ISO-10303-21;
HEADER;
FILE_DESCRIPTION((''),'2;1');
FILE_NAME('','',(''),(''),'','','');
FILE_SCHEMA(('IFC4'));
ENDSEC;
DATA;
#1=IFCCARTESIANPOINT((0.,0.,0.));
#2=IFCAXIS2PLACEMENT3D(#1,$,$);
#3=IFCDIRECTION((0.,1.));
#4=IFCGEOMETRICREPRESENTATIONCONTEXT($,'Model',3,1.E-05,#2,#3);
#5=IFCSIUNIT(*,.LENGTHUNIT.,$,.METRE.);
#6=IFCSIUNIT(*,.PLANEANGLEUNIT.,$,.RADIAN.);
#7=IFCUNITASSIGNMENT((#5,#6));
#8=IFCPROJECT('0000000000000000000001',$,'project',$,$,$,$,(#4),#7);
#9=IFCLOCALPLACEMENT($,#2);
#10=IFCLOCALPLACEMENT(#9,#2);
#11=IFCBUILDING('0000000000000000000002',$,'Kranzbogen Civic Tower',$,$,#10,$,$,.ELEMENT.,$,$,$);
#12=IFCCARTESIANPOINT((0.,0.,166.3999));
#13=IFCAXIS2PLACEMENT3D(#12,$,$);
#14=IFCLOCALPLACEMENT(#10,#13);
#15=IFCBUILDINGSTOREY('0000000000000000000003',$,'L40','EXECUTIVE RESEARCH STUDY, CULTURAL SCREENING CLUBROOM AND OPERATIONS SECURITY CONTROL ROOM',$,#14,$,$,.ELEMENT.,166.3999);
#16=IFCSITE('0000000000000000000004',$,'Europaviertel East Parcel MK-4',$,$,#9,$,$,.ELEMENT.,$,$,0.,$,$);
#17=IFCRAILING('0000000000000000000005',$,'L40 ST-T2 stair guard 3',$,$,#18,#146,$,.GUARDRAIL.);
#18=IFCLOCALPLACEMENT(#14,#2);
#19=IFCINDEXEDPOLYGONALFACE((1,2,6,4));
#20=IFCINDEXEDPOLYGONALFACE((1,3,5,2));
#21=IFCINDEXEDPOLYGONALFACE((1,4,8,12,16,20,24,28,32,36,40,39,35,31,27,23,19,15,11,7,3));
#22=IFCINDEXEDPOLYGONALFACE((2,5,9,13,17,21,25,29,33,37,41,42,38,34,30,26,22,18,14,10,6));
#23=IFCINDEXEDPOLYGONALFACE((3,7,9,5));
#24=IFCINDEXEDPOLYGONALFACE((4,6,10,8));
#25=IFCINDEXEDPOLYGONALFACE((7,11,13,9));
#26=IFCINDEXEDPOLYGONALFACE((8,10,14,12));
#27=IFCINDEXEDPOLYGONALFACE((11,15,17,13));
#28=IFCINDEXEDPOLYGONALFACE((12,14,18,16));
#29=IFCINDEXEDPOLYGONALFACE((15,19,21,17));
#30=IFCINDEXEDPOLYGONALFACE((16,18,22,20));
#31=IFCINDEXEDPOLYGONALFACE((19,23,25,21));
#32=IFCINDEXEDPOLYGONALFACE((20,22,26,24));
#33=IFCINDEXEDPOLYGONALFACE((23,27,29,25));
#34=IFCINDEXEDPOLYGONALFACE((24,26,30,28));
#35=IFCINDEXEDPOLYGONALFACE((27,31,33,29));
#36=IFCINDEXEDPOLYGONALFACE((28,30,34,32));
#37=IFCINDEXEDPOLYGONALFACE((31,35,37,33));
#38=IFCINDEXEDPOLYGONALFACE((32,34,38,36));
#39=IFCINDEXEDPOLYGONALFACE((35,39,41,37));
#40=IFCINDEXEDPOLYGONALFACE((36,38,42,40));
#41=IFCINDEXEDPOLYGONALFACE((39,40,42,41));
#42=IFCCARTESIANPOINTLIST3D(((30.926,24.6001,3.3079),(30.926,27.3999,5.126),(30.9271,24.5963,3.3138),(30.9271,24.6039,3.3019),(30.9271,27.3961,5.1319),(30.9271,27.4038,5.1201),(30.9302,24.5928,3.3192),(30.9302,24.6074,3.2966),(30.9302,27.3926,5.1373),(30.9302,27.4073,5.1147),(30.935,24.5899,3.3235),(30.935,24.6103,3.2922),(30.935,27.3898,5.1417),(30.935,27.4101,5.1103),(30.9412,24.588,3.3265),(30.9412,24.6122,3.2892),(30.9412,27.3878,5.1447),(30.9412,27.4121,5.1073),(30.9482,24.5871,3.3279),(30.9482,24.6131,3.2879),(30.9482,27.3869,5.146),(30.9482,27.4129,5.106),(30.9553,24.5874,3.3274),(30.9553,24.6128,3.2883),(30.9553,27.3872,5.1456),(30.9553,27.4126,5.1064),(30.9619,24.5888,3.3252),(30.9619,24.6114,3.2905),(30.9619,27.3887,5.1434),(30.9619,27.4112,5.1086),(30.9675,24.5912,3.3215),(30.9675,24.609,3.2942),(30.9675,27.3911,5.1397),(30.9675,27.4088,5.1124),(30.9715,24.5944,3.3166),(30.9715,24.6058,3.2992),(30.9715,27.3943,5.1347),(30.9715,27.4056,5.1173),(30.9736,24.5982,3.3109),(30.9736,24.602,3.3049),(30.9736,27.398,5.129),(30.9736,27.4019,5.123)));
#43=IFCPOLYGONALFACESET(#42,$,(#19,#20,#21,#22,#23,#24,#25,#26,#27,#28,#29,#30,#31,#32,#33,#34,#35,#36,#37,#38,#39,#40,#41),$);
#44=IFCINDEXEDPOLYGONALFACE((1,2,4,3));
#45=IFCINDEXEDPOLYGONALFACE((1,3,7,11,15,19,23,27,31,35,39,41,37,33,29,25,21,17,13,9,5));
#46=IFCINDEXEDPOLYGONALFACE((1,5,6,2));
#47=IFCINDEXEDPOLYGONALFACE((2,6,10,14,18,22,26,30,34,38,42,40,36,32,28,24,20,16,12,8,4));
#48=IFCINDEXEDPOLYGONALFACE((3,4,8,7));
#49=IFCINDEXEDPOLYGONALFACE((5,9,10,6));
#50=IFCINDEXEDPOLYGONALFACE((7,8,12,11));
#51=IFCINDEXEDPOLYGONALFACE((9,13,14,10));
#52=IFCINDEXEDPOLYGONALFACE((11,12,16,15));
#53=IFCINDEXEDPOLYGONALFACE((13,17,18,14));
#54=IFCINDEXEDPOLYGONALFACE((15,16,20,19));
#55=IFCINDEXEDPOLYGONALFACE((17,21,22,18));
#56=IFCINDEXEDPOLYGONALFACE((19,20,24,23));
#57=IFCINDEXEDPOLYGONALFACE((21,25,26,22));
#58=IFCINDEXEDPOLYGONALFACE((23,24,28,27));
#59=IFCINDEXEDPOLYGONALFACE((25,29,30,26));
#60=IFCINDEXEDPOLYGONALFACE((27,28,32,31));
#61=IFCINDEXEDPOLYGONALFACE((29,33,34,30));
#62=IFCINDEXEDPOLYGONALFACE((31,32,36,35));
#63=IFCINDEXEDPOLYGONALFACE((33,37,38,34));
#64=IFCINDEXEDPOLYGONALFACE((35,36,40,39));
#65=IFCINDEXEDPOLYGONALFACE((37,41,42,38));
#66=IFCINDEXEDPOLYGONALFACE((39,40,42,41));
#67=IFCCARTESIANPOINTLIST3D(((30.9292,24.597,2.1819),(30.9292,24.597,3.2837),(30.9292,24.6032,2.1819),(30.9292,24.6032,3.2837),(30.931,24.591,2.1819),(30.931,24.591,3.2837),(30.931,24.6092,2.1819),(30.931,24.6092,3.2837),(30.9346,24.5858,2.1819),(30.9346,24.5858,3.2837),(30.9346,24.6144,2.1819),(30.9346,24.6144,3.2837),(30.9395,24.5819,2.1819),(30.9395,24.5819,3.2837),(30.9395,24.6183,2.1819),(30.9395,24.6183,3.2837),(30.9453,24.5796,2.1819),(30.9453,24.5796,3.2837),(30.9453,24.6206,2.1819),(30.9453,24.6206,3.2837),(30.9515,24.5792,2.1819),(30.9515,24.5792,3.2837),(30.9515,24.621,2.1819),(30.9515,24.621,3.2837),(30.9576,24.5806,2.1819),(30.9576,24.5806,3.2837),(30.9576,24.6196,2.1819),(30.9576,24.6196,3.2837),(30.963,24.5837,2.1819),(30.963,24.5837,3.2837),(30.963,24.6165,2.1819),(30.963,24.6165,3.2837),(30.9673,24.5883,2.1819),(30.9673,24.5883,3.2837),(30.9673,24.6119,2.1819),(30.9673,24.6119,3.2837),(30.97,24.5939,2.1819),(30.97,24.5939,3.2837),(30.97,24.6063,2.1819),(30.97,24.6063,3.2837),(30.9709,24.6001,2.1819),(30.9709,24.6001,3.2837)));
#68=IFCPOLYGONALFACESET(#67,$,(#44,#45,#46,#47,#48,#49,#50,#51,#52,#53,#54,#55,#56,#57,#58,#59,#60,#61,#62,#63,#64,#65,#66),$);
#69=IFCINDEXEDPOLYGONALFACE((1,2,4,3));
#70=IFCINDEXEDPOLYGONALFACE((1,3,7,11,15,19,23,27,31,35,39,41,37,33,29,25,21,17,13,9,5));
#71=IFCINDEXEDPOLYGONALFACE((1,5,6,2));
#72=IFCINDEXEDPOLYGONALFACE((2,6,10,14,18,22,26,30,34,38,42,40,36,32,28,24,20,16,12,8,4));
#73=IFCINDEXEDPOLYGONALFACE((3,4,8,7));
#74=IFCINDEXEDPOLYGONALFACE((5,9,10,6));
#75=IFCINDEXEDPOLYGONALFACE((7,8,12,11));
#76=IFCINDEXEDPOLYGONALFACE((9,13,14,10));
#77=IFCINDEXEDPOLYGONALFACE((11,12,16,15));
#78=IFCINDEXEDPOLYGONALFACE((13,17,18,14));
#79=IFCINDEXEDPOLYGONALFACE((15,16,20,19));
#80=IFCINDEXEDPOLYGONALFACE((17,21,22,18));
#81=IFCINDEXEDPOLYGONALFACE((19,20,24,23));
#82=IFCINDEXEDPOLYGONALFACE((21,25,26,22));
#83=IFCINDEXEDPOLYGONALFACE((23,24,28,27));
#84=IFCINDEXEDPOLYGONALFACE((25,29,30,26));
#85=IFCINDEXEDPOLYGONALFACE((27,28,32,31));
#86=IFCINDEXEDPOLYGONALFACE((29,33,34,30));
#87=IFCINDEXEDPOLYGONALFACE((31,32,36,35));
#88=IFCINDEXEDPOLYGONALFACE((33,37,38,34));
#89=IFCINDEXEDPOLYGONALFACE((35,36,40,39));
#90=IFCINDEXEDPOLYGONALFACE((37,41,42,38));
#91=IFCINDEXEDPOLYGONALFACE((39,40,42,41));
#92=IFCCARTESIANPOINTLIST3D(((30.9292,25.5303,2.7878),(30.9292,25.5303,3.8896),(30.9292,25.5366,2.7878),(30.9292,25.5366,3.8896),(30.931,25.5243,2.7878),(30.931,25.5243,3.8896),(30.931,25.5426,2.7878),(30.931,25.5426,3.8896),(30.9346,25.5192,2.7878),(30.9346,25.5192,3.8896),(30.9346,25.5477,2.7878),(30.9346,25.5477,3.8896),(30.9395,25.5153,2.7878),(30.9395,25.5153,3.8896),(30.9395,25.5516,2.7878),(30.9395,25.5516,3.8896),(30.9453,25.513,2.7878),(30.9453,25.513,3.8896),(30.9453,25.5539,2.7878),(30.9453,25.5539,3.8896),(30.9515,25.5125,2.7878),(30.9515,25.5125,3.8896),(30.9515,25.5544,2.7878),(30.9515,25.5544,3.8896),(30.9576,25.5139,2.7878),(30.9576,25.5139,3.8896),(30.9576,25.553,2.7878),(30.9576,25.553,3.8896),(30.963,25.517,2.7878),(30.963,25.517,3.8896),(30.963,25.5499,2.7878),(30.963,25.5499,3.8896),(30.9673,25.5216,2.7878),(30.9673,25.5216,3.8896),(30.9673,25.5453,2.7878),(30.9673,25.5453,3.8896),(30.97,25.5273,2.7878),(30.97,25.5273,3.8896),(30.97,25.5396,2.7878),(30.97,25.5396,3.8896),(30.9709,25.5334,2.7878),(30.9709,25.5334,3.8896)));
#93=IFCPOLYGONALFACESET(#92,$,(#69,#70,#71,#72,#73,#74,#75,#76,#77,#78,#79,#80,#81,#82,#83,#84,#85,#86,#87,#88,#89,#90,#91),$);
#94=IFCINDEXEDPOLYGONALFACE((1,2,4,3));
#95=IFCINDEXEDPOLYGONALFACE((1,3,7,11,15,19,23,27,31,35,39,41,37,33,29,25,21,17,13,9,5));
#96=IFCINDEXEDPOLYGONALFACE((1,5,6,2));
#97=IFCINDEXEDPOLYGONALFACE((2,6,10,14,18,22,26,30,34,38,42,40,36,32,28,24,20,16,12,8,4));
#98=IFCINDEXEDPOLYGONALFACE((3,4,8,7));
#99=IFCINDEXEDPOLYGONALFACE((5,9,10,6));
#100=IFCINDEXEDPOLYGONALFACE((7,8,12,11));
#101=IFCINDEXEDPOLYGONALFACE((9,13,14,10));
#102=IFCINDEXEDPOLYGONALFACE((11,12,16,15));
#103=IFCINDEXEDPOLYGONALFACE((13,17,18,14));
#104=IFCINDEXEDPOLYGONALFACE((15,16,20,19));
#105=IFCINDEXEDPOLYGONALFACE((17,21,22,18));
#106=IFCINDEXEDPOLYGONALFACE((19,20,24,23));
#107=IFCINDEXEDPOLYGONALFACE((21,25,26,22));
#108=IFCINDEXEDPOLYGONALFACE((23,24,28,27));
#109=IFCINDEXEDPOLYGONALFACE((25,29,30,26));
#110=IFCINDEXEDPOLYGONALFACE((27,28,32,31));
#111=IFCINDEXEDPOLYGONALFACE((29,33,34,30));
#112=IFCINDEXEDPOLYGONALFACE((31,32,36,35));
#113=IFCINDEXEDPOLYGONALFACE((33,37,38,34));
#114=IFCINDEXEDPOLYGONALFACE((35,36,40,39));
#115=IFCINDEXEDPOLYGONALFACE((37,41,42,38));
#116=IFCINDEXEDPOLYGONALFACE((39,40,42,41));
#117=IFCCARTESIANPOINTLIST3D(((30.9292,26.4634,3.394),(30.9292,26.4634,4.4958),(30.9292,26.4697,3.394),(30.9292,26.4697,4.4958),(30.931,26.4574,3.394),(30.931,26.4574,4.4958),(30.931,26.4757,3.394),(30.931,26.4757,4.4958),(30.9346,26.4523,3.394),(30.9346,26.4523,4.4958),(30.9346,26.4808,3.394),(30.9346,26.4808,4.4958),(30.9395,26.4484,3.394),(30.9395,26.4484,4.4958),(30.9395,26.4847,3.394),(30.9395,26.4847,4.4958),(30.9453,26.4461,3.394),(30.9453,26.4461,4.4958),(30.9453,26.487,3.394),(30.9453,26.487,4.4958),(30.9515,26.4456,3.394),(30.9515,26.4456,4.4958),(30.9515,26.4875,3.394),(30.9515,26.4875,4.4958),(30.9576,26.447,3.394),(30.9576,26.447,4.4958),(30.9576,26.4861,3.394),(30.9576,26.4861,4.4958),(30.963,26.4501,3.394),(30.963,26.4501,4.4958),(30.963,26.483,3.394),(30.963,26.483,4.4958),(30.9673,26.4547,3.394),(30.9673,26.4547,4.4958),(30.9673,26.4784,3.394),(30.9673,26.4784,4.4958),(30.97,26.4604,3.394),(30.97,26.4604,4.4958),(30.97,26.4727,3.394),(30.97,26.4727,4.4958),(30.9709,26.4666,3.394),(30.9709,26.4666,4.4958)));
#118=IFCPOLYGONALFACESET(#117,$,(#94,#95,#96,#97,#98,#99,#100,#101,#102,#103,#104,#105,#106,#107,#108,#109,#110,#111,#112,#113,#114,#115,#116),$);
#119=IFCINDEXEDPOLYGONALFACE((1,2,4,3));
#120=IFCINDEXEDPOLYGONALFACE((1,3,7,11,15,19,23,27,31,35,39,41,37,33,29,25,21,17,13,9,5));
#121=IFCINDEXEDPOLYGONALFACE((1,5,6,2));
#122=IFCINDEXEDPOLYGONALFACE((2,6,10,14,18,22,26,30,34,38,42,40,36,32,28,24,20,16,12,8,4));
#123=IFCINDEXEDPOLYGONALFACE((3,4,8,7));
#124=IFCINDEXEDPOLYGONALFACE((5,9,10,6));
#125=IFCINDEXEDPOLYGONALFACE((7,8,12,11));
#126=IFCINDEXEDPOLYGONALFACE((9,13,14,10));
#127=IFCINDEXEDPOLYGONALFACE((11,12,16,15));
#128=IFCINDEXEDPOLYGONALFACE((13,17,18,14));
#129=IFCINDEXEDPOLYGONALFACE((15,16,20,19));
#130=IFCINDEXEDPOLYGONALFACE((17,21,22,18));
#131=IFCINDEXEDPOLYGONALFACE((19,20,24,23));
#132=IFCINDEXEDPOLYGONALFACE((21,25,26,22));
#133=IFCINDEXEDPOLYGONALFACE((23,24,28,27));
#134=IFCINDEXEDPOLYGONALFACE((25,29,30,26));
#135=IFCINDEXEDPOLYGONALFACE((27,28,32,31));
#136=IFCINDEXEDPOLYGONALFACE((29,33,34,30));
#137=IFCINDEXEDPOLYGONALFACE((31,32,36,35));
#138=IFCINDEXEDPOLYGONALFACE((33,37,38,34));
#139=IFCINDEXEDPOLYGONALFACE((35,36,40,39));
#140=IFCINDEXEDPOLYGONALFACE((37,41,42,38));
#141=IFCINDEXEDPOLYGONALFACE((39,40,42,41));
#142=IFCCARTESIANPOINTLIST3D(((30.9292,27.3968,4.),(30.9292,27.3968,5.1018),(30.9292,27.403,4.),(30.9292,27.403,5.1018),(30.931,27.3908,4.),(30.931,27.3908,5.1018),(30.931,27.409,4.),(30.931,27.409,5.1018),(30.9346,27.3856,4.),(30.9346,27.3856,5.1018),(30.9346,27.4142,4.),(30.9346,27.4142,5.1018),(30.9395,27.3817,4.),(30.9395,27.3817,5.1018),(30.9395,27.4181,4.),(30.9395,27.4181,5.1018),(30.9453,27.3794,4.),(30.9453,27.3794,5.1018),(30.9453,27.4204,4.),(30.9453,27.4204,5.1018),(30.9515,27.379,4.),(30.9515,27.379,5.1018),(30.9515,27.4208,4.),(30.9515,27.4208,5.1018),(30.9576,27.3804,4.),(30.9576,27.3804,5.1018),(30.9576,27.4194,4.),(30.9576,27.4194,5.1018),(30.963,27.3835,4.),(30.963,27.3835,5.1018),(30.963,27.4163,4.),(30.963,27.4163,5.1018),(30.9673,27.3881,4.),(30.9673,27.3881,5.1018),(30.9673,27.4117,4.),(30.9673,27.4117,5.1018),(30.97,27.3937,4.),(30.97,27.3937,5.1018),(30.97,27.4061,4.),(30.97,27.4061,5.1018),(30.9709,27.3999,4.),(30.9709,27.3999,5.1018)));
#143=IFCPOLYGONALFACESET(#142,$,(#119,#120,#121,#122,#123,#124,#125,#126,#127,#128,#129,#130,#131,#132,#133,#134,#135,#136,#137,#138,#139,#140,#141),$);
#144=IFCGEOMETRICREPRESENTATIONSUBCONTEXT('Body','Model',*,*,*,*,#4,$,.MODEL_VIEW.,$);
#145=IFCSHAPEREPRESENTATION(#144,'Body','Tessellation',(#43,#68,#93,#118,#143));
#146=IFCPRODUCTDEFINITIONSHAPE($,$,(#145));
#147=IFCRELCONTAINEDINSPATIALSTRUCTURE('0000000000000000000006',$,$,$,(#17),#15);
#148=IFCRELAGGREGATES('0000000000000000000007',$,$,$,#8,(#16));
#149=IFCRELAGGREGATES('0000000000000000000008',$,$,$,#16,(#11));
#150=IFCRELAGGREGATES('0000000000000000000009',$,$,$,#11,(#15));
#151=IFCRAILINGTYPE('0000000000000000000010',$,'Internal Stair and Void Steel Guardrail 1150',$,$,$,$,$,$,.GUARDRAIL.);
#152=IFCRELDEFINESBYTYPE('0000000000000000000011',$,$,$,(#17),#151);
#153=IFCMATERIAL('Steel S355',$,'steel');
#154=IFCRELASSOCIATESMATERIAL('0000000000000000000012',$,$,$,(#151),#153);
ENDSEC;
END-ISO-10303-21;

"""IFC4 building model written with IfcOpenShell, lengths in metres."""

from ifc_helpers import new_model, si_unit, direction, frame, origin, origin_2d, place, context, subcontext, project, spatial, circle, extrude, material, type_object, element, save


model = new_model("IFC4")

# Units and contexts
model_context = context("Model", 3, precision=1e-05, world=origin(), true_north=direction((0.0, 1.0)))
body_context = subcontext(model_context, "Body", "Model", "MODEL_VIEW")
ifc_project = project(units=[si_unit("LENGTHUNIT", "METRE"), si_unit("PLANEANGLEUNIT", "RADIAN")], contexts=[model_context])

# Site, building, storey
site_placement = place(None, origin())
site = spatial("IfcSite", under=ifc_project, at=site_placement, Name="Europaviertel East Parcel MK-4", CompositionType="ELEMENT", RefElevation=0.0)
building_placement = place(site_placement, origin())
building = spatial("IfcBuilding", under=site, at=building_placement, Name="Kranzbogen Civic Tower", CompositionType="ELEMENT")
storey_placement = place(building_placement, frame((0.0, 0.0, 166.3999)))
storey = spatial("IfcBuildingStorey", under=building, at=storey_placement, Name="L40", Description="EXECUTIVE RESEARCH STUDY, CULTURAL SCREENING CLUBROOM AND OPERATIONS SECURITY CONTROL ROOM", CompositionType="ELEMENT", Elevation=166.3999)

# Shared definitions
ifc_material_1 = material(Name="Steel S355", Category="steel")

# Railing
railing_type_1 = type_object("IfcRailingType", Name="Internal Stair and Void Steel Guardrail 1150", PredefinedType="GUARDRAIL", material=ifc_material_1)
railing_1_placement = place(storey_placement, frame((30.95, 24.6001, 2.1819)))
element("IfcRailing", 1, at=railing_1_placement, inside=storey, type_object=railing_type_1, Name="L40 ST-T2 stair guard 3", PredefinedType="GUARDRAIL", context=body_context, shape_type="SweptSolid", body=[
    extrude(circle(Radius=0.0239, at=origin_2d()), frame((0.0, 0.0, 1.126), z_axis=(0.0, 0.838684, 0.544618), x_axis=(-1.0, 0.0, 0.0)), (0.0, 0.0, 1.0), 3.3384),
    extrude(circle(Radius=0.021, at=origin_2d()), origin(), (0.0, 0.0, 1.0), 1.1018),
    extrude(circle(Radius=0.021, at=origin_2d()), frame((0.0, 0.9333, 0.606)), (0.0, 0.0, 1.0), 1.1018),
    extrude(circle(Radius=0.021, at=origin_2d()), frame((0.0, 1.8665, 1.2122)), (0.0, 0.0, 1.0), 1.1018),
    extrude(circle(Radius=0.021, at=origin_2d()), frame((0.0, 2.7998, 1.8181)), (0.0, 0.0, 1.0), 1.1018),
])

save(model, "model.ifc")
